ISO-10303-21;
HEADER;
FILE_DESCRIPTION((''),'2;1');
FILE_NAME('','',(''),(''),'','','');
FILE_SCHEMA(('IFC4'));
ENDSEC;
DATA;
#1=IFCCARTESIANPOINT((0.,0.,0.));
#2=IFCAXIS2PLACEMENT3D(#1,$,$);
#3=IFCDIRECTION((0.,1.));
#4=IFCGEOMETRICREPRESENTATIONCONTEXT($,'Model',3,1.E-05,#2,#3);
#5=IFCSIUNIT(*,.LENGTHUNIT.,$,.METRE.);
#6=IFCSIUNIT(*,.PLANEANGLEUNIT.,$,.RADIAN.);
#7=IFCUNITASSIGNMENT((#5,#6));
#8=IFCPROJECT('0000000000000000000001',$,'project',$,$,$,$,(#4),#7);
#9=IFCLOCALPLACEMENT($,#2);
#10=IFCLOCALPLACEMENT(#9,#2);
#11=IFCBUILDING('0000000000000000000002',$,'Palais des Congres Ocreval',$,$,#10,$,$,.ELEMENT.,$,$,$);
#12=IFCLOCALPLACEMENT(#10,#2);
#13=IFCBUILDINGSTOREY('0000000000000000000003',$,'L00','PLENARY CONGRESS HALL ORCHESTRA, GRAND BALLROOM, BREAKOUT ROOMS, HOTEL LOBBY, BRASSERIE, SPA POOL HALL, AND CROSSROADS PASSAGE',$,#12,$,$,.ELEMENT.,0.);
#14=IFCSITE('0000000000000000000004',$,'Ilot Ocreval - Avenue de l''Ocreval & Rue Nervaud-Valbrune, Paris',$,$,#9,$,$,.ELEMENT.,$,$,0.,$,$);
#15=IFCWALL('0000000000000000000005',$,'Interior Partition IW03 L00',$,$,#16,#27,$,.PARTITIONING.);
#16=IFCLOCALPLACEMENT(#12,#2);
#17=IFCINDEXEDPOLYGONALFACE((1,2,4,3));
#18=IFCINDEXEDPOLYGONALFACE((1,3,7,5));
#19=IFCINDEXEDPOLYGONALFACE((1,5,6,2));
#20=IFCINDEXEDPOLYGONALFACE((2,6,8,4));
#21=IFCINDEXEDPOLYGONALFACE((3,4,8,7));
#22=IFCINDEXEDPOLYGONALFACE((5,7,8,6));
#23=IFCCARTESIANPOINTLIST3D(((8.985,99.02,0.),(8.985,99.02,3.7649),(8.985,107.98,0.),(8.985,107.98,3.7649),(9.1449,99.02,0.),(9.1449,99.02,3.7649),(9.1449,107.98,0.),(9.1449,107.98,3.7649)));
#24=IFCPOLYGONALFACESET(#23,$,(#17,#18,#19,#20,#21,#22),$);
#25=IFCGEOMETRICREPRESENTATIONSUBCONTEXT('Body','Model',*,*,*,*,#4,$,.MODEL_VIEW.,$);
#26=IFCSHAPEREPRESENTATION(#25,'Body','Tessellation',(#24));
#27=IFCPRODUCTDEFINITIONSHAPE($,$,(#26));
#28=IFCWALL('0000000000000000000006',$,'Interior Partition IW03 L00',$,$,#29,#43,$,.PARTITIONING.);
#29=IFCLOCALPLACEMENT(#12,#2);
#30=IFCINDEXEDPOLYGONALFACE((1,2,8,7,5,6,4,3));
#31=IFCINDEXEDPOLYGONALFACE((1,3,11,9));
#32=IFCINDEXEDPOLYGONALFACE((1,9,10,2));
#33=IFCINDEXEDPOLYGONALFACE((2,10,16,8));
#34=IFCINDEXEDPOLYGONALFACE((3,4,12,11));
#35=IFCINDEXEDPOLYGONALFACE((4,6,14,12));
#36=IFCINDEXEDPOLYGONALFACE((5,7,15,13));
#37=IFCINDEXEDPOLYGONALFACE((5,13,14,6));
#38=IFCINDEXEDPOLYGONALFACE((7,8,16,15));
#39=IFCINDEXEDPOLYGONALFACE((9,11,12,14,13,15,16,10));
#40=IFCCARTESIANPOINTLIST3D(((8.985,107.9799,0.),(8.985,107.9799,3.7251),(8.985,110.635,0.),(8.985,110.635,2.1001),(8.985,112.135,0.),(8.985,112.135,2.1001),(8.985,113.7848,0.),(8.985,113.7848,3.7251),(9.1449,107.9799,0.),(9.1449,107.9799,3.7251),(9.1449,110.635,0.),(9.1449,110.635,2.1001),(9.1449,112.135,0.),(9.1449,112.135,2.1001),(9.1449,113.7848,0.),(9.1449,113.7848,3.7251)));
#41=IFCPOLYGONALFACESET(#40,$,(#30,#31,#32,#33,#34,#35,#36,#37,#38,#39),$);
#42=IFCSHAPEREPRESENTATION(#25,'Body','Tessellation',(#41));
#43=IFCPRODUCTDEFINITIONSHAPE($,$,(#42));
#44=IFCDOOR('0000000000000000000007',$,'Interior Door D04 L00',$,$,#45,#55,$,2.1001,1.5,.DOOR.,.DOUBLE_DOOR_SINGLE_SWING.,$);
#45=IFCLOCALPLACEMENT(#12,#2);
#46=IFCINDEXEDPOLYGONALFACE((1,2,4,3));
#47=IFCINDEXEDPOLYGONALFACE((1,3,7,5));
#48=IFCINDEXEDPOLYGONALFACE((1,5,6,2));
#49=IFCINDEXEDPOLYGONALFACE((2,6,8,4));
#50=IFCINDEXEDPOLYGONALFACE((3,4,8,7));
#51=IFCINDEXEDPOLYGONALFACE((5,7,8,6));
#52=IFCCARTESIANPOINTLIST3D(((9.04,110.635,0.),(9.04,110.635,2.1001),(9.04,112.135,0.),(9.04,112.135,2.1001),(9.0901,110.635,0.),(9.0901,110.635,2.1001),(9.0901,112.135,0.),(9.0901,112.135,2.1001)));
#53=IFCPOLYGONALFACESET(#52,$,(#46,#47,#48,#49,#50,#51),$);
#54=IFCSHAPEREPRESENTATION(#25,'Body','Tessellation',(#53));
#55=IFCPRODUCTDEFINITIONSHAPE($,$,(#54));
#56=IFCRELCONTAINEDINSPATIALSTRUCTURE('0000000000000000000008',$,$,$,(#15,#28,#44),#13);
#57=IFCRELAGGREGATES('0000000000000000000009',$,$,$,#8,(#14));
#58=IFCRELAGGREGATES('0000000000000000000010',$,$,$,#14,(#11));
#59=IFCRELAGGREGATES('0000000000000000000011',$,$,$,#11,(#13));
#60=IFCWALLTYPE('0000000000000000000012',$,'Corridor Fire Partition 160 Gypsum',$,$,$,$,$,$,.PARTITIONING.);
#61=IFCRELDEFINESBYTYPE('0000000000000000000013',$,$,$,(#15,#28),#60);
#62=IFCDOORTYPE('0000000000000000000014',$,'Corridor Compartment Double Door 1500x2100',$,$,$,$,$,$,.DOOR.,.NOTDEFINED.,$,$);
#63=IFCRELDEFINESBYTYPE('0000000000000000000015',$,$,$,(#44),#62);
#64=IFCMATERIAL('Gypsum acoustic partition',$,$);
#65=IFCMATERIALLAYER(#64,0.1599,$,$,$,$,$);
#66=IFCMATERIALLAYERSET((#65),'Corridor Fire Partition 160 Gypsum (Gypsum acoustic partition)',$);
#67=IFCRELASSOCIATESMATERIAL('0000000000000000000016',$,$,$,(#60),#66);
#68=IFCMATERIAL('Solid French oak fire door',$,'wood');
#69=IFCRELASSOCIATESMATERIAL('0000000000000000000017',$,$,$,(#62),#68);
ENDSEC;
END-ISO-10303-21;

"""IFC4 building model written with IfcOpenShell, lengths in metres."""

from ifc_helpers import new_model, si_unit, direction, frame, frame_2d, origin, place, context, subcontext, project, spatial, rectangle, extrude, material, layer, layer_set, type_object, element, fill, save


model = new_model("IFC4")

# Units and contexts
model_context = context("Model", 3, precision=1e-05, world=origin(), true_north=direction((0.0, 1.0)))
body_context = subcontext(model_context, "Body", "Model", "MODEL_VIEW")
ifc_project = project(units=[si_unit("LENGTHUNIT", "METRE"), si_unit("PLANEANGLEUNIT", "RADIAN")], contexts=[model_context])

# Site, building, storey
site_placement = place(None, origin())
site = spatial("IfcSite", under=ifc_project, at=site_placement, Name="Ilot Ocreval - Avenue de l'Ocreval & Rue Nervaud-Valbrune, Paris", CompositionType="ELEMENT", RefElevation=0.0)
building_placement = place(site_placement, origin())
building = spatial("IfcBuilding", under=site, at=building_placement, Name="Palais des Congres Ocreval", CompositionType="ELEMENT")
storey_placement = place(building_placement, origin())
storey = spatial("IfcBuildingStorey", under=building, at=storey_placement, Name="L00", Description="PLENARY CONGRESS HALL ORCHESTRA, GRAND BALLROOM, BREAKOUT ROOMS, HOTEL LOBBY, BRASSERIE, SPA POOL HALL, AND CROSSROADS PASSAGE", CompositionType="ELEMENT", Elevation=0.0)

# Wall
ifc_material_1 = material(Name="Gypsum acoustic partition")
ifc_layer_1 = layer(ifc_material_1, 0.1599)
ifc_layer_set_1 = layer_set([ifc_layer_1], Name="Corridor Fire Partition 160 Gypsum (Gypsum acoustic partition)")
wall_type_1 = type_object("IfcWallType", Name="Corridor Fire Partition 160 Gypsum", PredefinedType="PARTITIONING", material=ifc_layer_set_1)
wall_1_placement = place(storey_placement, frame((9.0649, 99.02, 0.0), z_axis=(0.0, 0.0, 1.0), x_axis=(0.0, 1.0, 0.0)))
element("IfcWall", 1, at=wall_1_placement, inside=storey, type_object=wall_type_1, Name="Interior Partition IW03 L00", PredefinedType="PARTITIONING", context=body_context, shape_type="SweptSolid", body=[
    extrude(rectangle(XDim=8.96, YDim=0.1599, at=frame_2d((4.48, 0.0))), origin(), (0.0, 0.0, 1.0), 3.7649),
])

# Wall, opening, door
wall_2_placement = place(storey_placement, frame((9.0649, 107.98, 0.0), z_axis=(0.0, 0.0, 1.0), x_axis=(0.0, 1.0, 0.0)))
wall_2 = element("IfcWall", 2, at=wall_2_placement, inside=storey, type_object=wall_type_1, Name="Interior Partition IW03 L00", PredefinedType="PARTITIONING", context=body_context, shape_type="SweptSolid", body=[
    extrude(rectangle(XDim=5.8049, YDim=0.1599, at=frame_2d((2.9023, 0.0))), origin(), (0.0, 0.0, 1.0), 3.7251),
])
opening_1_placement = place(wall_2_placement, frame((2.655, 0.0, 0.0)))
opening_1 = element("IfcOpeningElement", 3, at=opening_1_placement, cuts=wall_2, PredefinedType="OPENING", context=body_context, shape_type="SweptSolid", body=[
    extrude(rectangle(XDim=1.5, YDim=2.1001, at=frame_2d((0.75, 1.05))), frame((0.0, 0.0898, 0.0), z_axis=(0.0, -1.0, 0.0), x_axis=(1.0, 0.0, 0.0)), (0.0, 0.0, 1.0), 0.1799),
])
ifc_material_2 = material(Name="Solid French oak fire door", Category="wood")
door_type_1 = type_object("IfcDoorType", Name="Corridor Compartment Double Door 1500x2100", OperationType="NOTDEFINED", PredefinedType="DOOR", material=ifc_material_2)
door_1_placement = place(opening_1_placement, origin())
door_1 = element("IfcDoor", 4, at=door_1_placement, inside=storey, type_object=door_type_1, Name="Interior Door D04 L00", OperationType="DOUBLE_DOOR_SINGLE_SWING", OverallHeight=2.1001, OverallWidth=1.5, PredefinedType="DOOR", context=body_context, shape_type="SweptSolid", body=[
    extrude(rectangle(XDim=1.5, YDim=2.1001, at=frame_2d((0.75, 1.05))), frame((0.0, 0.0249, 0.0), z_axis=(0.0, -1.0, 0.0), x_axis=(1.0, 0.0, 0.0)), (0.0, 0.0, 1.0), 0.05),
])
fill(opening_1, door_1)

save(model, "model.ifc")
